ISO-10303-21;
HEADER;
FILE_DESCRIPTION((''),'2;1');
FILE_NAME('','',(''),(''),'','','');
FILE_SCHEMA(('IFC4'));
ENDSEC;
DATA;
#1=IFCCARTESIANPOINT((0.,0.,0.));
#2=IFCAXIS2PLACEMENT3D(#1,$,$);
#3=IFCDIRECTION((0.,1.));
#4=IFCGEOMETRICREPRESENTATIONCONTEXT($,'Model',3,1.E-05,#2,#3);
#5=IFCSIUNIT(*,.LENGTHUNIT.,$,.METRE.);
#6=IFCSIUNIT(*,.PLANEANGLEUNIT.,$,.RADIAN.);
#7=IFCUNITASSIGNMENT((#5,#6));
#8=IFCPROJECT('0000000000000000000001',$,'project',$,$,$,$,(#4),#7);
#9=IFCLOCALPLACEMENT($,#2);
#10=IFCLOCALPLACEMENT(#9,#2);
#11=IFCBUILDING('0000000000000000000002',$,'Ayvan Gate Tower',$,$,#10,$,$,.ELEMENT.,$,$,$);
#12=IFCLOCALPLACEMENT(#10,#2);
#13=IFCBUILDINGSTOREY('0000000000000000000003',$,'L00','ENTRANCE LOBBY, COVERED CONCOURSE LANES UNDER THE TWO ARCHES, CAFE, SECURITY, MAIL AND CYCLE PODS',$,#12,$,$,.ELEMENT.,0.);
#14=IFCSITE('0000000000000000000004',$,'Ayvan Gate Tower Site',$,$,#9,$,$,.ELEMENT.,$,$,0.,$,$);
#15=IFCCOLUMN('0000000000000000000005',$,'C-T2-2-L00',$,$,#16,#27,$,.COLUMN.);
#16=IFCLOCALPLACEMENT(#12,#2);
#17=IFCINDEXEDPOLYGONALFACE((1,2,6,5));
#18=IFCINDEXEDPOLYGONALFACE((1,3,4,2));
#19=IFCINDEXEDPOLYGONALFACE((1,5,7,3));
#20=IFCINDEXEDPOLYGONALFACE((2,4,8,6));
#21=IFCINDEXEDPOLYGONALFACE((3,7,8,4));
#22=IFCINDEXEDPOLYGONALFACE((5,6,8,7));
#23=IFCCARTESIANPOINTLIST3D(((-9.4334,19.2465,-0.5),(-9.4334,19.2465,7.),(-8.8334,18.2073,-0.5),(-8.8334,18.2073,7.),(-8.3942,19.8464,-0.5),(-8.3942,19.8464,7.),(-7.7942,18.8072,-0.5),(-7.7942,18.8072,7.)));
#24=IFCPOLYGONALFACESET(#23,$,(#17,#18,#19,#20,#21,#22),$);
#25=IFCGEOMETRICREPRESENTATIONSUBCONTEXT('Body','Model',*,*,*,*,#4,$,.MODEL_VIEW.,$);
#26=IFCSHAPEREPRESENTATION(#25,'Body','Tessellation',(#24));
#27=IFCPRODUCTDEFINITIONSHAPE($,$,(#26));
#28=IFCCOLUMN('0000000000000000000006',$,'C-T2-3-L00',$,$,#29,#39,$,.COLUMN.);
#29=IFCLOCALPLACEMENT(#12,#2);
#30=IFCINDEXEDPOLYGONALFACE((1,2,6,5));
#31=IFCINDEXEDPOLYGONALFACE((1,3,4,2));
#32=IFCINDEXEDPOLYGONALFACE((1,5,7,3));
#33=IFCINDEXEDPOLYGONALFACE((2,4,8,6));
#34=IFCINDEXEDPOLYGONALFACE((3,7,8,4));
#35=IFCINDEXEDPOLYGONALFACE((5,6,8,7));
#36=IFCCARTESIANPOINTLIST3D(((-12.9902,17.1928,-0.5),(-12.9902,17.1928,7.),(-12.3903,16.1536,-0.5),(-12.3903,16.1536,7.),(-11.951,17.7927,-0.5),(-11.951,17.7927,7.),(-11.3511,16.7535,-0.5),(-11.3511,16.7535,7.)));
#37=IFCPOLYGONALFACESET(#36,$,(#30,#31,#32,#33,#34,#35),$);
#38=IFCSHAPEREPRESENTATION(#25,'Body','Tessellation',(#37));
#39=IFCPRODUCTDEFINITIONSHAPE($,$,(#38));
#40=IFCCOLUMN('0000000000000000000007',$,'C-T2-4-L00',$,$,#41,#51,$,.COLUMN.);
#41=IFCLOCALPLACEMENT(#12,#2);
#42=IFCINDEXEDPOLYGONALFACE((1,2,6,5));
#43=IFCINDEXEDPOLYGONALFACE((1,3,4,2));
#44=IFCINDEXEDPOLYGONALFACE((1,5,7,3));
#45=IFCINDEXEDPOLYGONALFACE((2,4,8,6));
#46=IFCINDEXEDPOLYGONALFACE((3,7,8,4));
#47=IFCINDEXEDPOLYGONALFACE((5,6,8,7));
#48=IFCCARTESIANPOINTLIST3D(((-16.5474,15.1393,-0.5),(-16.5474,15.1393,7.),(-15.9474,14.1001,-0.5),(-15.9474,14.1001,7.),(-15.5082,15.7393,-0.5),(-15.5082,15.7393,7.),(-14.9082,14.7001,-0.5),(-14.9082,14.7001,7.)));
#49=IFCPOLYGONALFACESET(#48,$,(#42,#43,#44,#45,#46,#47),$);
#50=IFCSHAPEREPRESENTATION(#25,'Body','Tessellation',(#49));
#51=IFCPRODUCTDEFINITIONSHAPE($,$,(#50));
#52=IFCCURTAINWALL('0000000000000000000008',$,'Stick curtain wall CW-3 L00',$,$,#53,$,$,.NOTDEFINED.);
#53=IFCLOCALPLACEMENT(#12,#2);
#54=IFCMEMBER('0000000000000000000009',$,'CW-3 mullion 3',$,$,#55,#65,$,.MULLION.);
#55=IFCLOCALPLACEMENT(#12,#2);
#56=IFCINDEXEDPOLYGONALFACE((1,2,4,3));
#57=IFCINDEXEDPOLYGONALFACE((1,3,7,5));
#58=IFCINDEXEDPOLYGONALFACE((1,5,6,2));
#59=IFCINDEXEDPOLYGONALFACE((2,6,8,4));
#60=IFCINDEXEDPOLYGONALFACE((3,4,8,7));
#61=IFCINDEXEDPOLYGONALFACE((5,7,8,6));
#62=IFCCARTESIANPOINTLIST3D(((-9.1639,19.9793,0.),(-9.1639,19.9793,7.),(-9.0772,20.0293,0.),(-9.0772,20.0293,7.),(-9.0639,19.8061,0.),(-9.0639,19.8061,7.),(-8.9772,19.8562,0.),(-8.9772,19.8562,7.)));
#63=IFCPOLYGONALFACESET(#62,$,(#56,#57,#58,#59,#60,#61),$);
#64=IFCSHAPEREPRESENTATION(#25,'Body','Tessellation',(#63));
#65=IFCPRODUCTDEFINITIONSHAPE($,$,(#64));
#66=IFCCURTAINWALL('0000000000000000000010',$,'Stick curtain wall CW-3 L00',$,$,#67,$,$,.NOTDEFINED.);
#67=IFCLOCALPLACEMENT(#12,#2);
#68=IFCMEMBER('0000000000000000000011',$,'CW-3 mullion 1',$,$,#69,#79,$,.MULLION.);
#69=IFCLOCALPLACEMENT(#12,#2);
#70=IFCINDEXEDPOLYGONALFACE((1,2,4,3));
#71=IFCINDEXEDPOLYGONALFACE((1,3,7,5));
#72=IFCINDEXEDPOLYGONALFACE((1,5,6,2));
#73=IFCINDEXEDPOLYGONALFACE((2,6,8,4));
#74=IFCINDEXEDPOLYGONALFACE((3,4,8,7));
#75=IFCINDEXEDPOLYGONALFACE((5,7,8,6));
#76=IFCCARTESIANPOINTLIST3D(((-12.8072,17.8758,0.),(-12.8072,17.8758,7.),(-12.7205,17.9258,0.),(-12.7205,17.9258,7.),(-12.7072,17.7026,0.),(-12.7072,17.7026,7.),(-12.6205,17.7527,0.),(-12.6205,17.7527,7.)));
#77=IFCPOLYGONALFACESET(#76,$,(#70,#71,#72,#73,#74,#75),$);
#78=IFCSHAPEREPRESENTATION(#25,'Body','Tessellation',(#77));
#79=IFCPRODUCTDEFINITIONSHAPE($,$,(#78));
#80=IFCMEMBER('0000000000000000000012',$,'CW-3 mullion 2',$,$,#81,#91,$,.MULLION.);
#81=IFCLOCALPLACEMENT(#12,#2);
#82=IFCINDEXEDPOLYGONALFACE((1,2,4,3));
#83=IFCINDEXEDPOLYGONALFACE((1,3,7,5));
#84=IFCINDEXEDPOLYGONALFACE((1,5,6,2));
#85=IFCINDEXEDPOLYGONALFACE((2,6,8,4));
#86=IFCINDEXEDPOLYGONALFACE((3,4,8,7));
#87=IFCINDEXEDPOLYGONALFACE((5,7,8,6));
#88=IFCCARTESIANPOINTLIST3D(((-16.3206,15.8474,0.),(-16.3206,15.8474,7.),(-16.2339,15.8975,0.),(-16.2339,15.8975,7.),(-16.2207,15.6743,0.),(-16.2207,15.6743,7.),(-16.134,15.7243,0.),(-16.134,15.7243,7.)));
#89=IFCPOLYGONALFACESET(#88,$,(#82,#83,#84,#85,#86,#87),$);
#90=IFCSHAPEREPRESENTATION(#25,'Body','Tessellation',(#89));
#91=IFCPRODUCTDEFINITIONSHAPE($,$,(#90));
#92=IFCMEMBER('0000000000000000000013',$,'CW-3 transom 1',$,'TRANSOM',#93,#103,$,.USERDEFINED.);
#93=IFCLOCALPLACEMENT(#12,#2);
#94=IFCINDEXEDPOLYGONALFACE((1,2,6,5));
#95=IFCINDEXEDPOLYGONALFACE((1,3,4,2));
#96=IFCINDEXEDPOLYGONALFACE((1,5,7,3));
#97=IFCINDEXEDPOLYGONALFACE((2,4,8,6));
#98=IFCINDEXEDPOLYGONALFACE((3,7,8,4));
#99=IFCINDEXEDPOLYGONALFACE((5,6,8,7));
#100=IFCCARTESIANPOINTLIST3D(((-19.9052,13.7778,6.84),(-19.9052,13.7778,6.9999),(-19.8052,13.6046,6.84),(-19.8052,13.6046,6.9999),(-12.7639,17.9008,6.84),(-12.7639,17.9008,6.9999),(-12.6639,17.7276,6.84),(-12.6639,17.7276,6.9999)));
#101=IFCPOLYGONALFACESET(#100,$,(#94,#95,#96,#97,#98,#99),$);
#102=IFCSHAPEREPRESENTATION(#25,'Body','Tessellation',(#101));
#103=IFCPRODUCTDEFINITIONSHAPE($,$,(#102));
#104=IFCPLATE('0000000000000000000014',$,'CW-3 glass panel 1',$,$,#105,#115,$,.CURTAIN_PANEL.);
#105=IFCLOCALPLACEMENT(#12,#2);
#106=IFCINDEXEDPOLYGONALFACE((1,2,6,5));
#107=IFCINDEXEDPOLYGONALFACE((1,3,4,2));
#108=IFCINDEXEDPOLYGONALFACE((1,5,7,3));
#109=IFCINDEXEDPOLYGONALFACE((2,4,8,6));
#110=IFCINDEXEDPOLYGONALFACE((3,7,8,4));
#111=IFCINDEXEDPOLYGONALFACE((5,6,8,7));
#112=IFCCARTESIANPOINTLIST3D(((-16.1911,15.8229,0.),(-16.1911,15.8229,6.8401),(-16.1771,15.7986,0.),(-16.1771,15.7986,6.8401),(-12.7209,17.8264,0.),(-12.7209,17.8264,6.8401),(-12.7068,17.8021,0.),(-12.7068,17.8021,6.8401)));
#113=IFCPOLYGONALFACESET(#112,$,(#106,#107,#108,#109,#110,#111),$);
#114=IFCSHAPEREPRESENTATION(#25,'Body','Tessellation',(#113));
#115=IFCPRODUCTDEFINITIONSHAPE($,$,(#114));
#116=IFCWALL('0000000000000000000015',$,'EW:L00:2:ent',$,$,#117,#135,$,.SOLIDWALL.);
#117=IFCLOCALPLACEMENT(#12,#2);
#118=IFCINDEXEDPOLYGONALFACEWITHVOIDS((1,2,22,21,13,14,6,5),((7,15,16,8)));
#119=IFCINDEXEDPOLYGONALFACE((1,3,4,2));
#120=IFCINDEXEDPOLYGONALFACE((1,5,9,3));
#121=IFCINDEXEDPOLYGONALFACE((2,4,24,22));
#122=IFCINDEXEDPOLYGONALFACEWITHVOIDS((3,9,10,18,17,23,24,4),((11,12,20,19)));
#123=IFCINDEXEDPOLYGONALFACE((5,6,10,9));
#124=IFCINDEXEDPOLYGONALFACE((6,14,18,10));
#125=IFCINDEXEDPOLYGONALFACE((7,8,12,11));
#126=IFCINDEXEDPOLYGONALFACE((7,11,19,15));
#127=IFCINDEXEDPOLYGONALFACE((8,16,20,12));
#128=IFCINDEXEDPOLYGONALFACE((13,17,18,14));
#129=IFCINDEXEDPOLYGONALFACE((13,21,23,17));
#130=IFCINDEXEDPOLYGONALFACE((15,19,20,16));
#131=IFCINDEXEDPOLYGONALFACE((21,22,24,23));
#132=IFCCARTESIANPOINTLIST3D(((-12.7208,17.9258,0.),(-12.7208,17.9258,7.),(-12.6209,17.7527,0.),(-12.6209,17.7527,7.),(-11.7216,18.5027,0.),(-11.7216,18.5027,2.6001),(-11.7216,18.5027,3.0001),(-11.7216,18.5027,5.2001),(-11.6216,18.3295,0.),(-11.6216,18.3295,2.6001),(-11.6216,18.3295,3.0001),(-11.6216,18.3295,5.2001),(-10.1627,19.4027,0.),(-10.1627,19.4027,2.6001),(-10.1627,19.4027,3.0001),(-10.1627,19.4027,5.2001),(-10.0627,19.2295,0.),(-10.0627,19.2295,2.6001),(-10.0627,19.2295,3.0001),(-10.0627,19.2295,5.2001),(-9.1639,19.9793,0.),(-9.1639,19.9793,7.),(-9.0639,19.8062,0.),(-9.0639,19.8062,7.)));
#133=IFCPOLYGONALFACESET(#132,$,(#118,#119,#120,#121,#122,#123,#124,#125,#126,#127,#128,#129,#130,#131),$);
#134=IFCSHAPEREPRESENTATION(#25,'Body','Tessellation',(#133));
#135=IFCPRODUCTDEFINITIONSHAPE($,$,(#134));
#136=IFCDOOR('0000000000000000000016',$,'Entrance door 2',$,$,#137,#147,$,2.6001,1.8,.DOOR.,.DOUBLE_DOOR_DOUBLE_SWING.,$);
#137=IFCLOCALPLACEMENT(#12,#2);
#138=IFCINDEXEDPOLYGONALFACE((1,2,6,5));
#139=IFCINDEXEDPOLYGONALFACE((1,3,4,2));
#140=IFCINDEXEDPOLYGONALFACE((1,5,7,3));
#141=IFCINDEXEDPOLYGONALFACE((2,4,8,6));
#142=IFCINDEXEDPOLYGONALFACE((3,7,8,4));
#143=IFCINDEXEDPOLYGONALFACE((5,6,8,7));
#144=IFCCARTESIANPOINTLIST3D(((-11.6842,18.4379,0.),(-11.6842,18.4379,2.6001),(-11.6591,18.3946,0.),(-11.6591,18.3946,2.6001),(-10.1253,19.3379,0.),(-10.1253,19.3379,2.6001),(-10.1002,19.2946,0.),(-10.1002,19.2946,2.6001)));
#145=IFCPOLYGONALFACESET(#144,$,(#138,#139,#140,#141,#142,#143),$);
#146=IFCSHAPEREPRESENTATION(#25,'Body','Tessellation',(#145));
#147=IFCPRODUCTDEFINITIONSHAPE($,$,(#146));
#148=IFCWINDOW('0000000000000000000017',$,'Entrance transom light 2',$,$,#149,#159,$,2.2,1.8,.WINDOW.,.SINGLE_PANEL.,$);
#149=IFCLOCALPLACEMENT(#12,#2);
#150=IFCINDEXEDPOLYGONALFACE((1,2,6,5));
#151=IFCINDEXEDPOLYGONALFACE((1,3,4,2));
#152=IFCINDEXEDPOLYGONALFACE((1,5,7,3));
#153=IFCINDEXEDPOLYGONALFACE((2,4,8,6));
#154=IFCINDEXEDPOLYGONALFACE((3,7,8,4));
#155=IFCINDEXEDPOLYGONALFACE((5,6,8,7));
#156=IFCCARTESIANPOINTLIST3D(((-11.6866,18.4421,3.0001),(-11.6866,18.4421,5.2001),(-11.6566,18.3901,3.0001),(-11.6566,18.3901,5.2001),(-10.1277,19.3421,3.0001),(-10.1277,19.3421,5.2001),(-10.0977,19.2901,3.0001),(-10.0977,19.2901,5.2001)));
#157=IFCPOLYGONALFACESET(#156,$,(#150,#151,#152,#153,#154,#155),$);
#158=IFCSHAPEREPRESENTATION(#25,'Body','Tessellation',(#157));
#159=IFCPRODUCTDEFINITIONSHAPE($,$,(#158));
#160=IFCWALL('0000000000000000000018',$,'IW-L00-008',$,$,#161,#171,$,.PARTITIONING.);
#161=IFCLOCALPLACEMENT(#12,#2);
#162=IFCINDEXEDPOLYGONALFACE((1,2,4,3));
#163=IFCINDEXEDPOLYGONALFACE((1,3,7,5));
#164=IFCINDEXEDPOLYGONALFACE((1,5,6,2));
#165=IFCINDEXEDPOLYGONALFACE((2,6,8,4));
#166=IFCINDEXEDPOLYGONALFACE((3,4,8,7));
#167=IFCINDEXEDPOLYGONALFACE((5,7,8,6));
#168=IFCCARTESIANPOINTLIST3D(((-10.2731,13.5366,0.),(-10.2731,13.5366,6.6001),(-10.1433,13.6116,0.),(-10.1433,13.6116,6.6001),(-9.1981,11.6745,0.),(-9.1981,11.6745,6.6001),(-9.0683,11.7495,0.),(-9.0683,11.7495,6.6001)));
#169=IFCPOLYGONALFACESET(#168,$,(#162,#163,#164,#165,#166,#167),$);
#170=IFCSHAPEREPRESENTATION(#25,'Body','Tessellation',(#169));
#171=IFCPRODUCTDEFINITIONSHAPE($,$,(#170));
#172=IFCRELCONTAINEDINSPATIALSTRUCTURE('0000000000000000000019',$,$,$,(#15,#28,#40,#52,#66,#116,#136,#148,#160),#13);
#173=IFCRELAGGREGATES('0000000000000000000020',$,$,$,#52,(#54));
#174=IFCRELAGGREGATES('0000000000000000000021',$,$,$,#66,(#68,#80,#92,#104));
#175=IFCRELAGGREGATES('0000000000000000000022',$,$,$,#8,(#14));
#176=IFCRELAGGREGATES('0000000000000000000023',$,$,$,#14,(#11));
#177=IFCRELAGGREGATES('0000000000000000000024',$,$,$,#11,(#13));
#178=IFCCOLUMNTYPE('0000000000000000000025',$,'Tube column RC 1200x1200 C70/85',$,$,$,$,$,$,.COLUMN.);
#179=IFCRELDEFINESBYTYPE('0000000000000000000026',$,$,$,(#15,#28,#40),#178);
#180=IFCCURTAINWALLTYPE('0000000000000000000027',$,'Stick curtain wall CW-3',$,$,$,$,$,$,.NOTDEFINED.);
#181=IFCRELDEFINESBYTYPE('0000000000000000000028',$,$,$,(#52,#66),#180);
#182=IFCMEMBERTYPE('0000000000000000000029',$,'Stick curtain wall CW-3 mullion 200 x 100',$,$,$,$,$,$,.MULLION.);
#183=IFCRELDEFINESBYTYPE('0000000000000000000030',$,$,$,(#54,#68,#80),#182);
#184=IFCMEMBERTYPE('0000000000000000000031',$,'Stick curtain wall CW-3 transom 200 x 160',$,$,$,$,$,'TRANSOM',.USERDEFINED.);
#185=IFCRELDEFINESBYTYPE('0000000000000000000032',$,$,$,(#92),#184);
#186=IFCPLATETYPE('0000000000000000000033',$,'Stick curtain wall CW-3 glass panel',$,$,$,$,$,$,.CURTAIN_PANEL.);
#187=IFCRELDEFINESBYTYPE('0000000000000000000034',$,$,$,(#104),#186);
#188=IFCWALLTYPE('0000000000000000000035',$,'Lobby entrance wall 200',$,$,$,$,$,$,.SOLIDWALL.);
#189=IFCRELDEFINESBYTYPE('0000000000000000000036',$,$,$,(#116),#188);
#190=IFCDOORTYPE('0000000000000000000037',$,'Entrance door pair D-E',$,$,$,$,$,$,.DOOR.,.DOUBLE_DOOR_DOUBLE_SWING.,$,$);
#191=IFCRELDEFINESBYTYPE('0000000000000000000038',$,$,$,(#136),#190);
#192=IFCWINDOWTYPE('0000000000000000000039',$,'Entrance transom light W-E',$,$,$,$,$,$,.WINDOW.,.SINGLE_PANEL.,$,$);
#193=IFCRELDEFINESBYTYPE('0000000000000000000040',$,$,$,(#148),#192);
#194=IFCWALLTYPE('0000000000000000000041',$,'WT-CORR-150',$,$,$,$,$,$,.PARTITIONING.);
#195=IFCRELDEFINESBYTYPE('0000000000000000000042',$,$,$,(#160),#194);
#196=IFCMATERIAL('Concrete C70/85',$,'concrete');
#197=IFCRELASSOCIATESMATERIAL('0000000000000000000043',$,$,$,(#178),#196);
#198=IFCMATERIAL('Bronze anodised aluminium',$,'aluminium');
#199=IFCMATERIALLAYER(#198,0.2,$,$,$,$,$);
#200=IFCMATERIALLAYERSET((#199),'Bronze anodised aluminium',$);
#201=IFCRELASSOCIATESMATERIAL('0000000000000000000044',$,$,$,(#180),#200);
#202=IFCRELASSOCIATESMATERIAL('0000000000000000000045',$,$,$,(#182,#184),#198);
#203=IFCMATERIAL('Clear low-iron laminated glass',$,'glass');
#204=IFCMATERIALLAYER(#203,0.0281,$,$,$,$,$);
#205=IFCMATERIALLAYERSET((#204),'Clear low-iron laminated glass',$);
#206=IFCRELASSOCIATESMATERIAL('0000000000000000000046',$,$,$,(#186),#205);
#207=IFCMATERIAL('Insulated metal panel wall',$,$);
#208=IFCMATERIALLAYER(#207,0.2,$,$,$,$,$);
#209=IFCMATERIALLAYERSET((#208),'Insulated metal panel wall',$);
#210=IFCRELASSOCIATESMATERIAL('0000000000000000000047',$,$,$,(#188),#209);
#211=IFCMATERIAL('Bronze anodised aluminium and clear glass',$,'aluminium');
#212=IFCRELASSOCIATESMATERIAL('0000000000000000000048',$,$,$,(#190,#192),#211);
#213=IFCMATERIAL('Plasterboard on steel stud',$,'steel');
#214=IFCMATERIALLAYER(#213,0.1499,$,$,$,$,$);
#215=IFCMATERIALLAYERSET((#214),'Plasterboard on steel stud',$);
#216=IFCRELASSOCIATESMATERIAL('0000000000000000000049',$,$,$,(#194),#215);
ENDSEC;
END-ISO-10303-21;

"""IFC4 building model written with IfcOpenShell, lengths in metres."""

from ifc_helpers import new_model, si_unit, direction, frame, frame_2d, origin, origin_2d, place, context, subcontext, project, spatial, rectangle, extrude, material, layer, layer_set, material_profile, profile_set, type_object, element, fill, aggregate, save


model = new_model("IFC4")

# Units and contexts
model_context = context("Model", 3, precision=1e-05, world=origin(), true_north=direction((0.0, 1.0)))
body_context = subcontext(model_context, "Body", "Model", "MODEL_VIEW")
ifc_project = project(units=[si_unit("LENGTHUNIT", "METRE"), si_unit("PLANEANGLEUNIT", "RADIAN")], contexts=[model_context])

# Site, building, storey
site_placement = place(None, origin())
site = spatial("IfcSite", under=ifc_project, at=site_placement, Name="Ayvan Gate Tower Site", CompositionType="ELEMENT", RefElevation=0.0)
building_placement = place(site_placement, origin())
building = spatial("IfcBuilding", under=site, at=building_placement, Name="Ayvan Gate Tower", CompositionType="ELEMENT")
storey_placement = place(building_placement, origin())
storey = spatial("IfcBuildingStorey", under=building, at=storey_placement, Name="L00", Description="ENTRANCE LOBBY, COVERED CONCOURSE LANES UNDER THE TWO ARCHES, CAFE, SECURITY, MAIL AND CYCLE PODS", CompositionType="ELEMENT", Elevation=0.0)

# Columns
ifc_material_1 = material(Name="Concrete C70/85", Category="concrete")
ifc_material_profile_1 = material_profile(ifc_material_1, rectangle(XDim=1.2, YDim=1.2, at=origin_2d()), Name="RC 1200x1200")
ifc_profile_set_1 = profile_set([ifc_material_profile_1], Name="Concrete C70/85")
column_type = type_object("IfcColumnType", Name="Tube column RC 1200x1200 C70/85", PredefinedType="COLUMN", material=ifc_profile_set_1)
for number, where, z_axis, x_axis, name in (
    (1, (-8.6138, 19.0269, -0.5), (0.0, 0.0, 1.0), (-0.5, 0.866025, 0.0), "C-T2-2-L00"),
    (2, (-12.1707, 16.9731, -0.5), (0.0, 0.0, 1.0), (-0.5, 0.866025, 0.0), "C-T2-3-L00"),
    (3, (-15.7278, 14.9197, -0.5), (0.0, 0.0, 1.0), (-0.5, 0.866025, 0.0), "C-T2-4-L00"),
):
    element("IfcColumn", number, at=place(storey_placement, frame(where, z_axis=z_axis, x_axis=x_axis)), inside=storey, type_object=column_type, Name=name, PredefinedType="COLUMN", context=body_context, shape_type="SweptSolid", body=[
        extrude(rectangle(XDim=1.2, YDim=1.2, at=origin_2d()), origin(), (0.0, 0.0, 1.0), 7.5),
    ])

# Curtain wall, member
ifc_material_2 = material(Name="Bronze anodised aluminium", Category="aluminium")
ifc_layer_1 = layer(ifc_material_2, 0.2)
ifc_layer_set_1 = layer_set([ifc_layer_1], Name="Bronze anodised aluminium")
curtain_wall_type = type_object("IfcCurtainWallType", Name="Stick curtain wall CW-3", PredefinedType="NOTDEFINED", material=ifc_layer_set_1)
curtain_wall_1_placement = place(storey_placement, origin())
curtain_wall_1 = element("IfcCurtainWall", 4, at=curtain_wall_1_placement, inside=storey, type_object=curtain_wall_type, Name="Stick curtain wall CW-3 L00", PredefinedType="NOTDEFINED")
ifc_material_profile_2 = material_profile(ifc_material_2, rectangle(XDim=0.2, YDim=0.1001, at=origin_2d()), Name="Stick curtain wall CW-3 mullion 200 x 100")
ifc_profile_set_2 = profile_set([ifc_material_profile_2], Name="Bronze anodised aluminium")
member_type_1 = type_object("IfcMemberType", Name="Stick curtain wall CW-3 mullion 200 x 100", PredefinedType="MULLION", material=ifc_profile_set_2)
member_1_placement = place(storey_placement, frame((-9.0706, 19.9177, 0.0), z_axis=(0.0, 0.0, 1.0), x_axis=(-0.5, 0.866025, 0.0)))
member_1 = element("IfcMember", 5, at=member_1_placement, type_object=member_type_1, Name="CW-3 mullion 3", PredefinedType="MULLION", context=body_context, shape_type="SweptSolid", body=[
    extrude(rectangle(XDim=0.2, YDim=0.1001, at=origin_2d()), origin(), (0.0, 0.0, 1.0), 7.0),
])
aggregate(curtain_wall_1, [member_1])

# Curtain wall, members, plate
curtain_wall_2_placement = place(storey_placement, origin())
curtain_wall_2 = element("IfcCurtainWall", 6, at=curtain_wall_2_placement, inside=storey, type_object=curtain_wall_type, Name="Stick curtain wall CW-3 L00", PredefinedType="NOTDEFINED")
member_2_placement = place(storey_placement, frame((-12.7139, 17.8142, 0.0), z_axis=(0.0, 0.0, 1.0), x_axis=(-0.5, 0.866025, 0.0)))
member_2 = element("IfcMember", 7, at=member_2_placement, type_object=member_type_1, Name="CW-3 mullion 1", PredefinedType="MULLION", context=body_context, shape_type="SweptSolid", body=[
    extrude(rectangle(XDim=0.2, YDim=0.1001, at=origin_2d()), origin(), (0.0, 0.0, 1.0), 7.0),
])
member_3_placement = place(storey_placement, frame((-16.2273, 15.7859, 0.0), z_axis=(0.0, 0.0, 1.0), x_axis=(-0.5, 0.866025, 0.0)))
member_3 = element("IfcMember", 8, at=member_3_placement, type_object=member_type_1, Name="CW-3 mullion 2", PredefinedType="MULLION", context=body_context, shape_type="SweptSolid", body=[
    extrude(rectangle(XDim=0.2, YDim=0.1001, at=origin_2d()), origin(), (0.0, 0.0, 1.0), 7.0),
])
ifc_material_profile_3 = material_profile(ifc_material_2, rectangle(XDim=0.2, YDim=0.1599, at=origin_2d()), Name="Stick curtain wall CW-3 transom 200 x 160")
ifc_profile_set_3 = profile_set([ifc_material_profile_3], Name="Bronze anodised aluminium")
member_type_2 = type_object("IfcMemberType", Name="Stick curtain wall CW-3 transom 200 x 160", ElementType="TRANSOM", PredefinedType="USERDEFINED", material=ifc_profile_set_3)
member_4_placement = place(storey_placement, frame((-12.7139, 17.8142, 6.9199), z_axis=(-0.866026, -0.499998, 0.0), x_axis=(0.499998, -0.866026, 0.0)))
member_4 = element("IfcMember", 9, at=member_4_placement, type_object=member_type_2, Name="CW-3 transom 1", ObjectType="TRANSOM", PredefinedType="USERDEFINED", context=body_context, shape_type="SweptSolid", body=[
    extrude(rectangle(XDim=0.2, YDim=0.1599, at=origin_2d()), origin(), (0.0, 0.0, 1.0), 8.2461),
])
ifc_material_3 = material(Name="Clear low-iron laminated glass", Category="glass")
ifc_layer_2 = layer(ifc_material_3, 0.0281)
ifc_layer_set_2 = layer_set([ifc_layer_2], Name="Clear low-iron laminated glass")
plate_type = type_object("IfcPlateType", Name="Stick curtain wall CW-3 glass panel", PredefinedType="CURTAIN_PANEL", material=ifc_layer_set_2)
plate_placement = place(storey_placement, frame((-14.449, 16.8125, 0.0), z_axis=(0.0, 0.0, 1.0), x_axis=(-0.866025, -0.5, 0.0)))
plate = element("IfcPlate", 10, at=plate_placement, type_object=plate_type, Name="CW-3 glass panel 1", PredefinedType="CURTAIN_PANEL", context=body_context, shape_type="SweptSolid", body=[
    extrude(rectangle(XDim=4.0071, YDim=0.0281, at=origin_2d()), origin(), (0.0, 0.0, 1.0), 6.8401),
])
aggregate(curtain_wall_2, [member_2, member_3, member_4, plate])

# Wall, openings, door, window
ifc_material_4 = material(Name="Insulated metal panel wall")
ifc_layer_3 = layer(ifc_material_4, 0.2)
ifc_layer_set_3 = layer_set([ifc_layer_3], Name="Insulated metal panel wall")
wall_type_1 = type_object("IfcWallType", Name="Lobby entrance wall 200", PredefinedType="SOLIDWALL", material=ifc_layer_set_3)
wall_1_placement = place(storey_placement, frame((-9.1138, 19.8928, 0.0), z_axis=(0.0, 0.0, 1.0), x_axis=(-0.866036, -0.499981, 0.0)))
wall_1 = element("IfcWall", 11, at=wall_1_placement, inside=storey, type_object=wall_type_1, Name="EW:L00:2:ent", PredefinedType="SOLIDWALL", context=body_context, shape_type="SweptSolid", body=[
    extrude(rectangle(XDim=4.1072, YDim=0.2, at=frame_2d((2.0537, 0.0))), origin(), (0.0, 0.0, 1.0), 7.0),
])
opening_1_placement = place(wall_1_placement, frame((1.1536, 0.0, 0.0)))
opening_1 = element("IfcOpeningElement", 12, at=opening_1_placement, cuts=wall_1, PredefinedType="OPENING", context=body_context, shape_type="SweptSolid", body=[
    extrude(rectangle(XDim=1.8, YDim=2.6001, at=frame_2d((0.8999, 1.3))), frame((0.0, 0.1099, 0.0), z_axis=(0.0, -1.0, 0.0), x_axis=(1.0, 0.0, 0.0)), (0.0, 0.0, 1.0), 0.22),
])
opening_2_placement = place(wall_1_placement, frame((1.1536, 0.0, 3.0)))
opening_2 = element("IfcOpeningElement", 13, at=opening_2_placement, cuts=wall_1, PredefinedType="OPENING", context=body_context, shape_type="SweptSolid", body=[
    extrude(rectangle(XDim=1.8, YDim=2.2, at=frame_2d((0.8999, 1.1001))), frame((0.0, 0.1099, 0.0), z_axis=(0.0, -1.0, 0.0), x_axis=(1.0, 0.0, 0.0)), (0.0, 0.0, 1.0), 0.22),
])
ifc_material_5 = material(Name="Bronze anodised aluminium and clear glass", Category="aluminium")
door_type = type_object("IfcDoorType", Name="Entrance door pair D-E", OperationType="DOUBLE_DOOR_DOUBLE_SWING", PredefinedType="DOOR", material=ifc_material_5)
door_placement = place(opening_1_placement, origin())
door = element("IfcDoor", 14, at=door_placement, inside=storey, type_object=door_type, Name="Entrance door 2", OperationType="DOUBLE_DOOR_DOUBLE_SWING", OverallHeight=2.6001, OverallWidth=1.8, PredefinedType="DOOR", context=body_context, shape_type="SweptSolid", body=[
    extrude(rectangle(XDim=1.8, YDim=2.6001, at=frame_2d((0.8999, 1.3))), frame((0.0, 0.0249, 0.0), z_axis=(0.0, -1.0, 0.0), x_axis=(1.0, 0.0, 0.0)), (0.0, 0.0, 1.0), 0.05),
])
fill(opening_1, door)
window_type = type_object("IfcWindowType", Name="Entrance transom light W-E", PartitioningType="SINGLE_PANEL", PredefinedType="WINDOW", material=ifc_material_5)
window_placement = place(opening_2_placement, origin())
window = element("IfcWindow", 15, at=window_placement, inside=storey, type_object=window_type, Name="Entrance transom light 2", OverallHeight=2.2, OverallWidth=1.8, PartitioningType="SINGLE_PANEL", PredefinedType="WINDOW", context=body_context, shape_type="SweptSolid", body=[
    extrude(rectangle(XDim=1.8, YDim=2.2, at=frame_2d((0.8999, 1.1001))), frame((0.0, 0.03, 0.0), z_axis=(0.0, -1.0, 0.0), x_axis=(1.0, 0.0, 0.0)), (0.0, 0.0, 1.0), 0.0601),
])
fill(opening_2, window)

# Wall
ifc_material_6 = material(Name="Plasterboard on steel stud", Category="steel")
ifc_layer_4 = layer(ifc_material_6, 0.1499)
ifc_layer_set_4 = layer_set([ifc_layer_4], Name="Plasterboard on steel stud")
wall_type_2 = type_object("IfcWallType", Name="WT-CORR-150", PredefinedType="PARTITIONING", material=ifc_layer_set_4)
wall_2_placement = place(storey_placement, frame((-10.2083, 13.5742, 0.0), z_axis=(0.0, 0.0, 1.0), x_axis=(0.499962, -0.866048, 0.0)))
element("IfcWall", 16, at=wall_2_placement, inside=storey, type_object=wall_type_2, Name="IW-L00-008", PredefinedType="PARTITIONING", context=body_context, shape_type="SweptSolid", body=[
    extrude(rectangle(XDim=2.1501, YDim=0.1499, at=frame_2d((1.0752, 0.0))), origin(), (0.0, 0.0, 1.0), 6.6001),
])

save(model, "model.ifc")
